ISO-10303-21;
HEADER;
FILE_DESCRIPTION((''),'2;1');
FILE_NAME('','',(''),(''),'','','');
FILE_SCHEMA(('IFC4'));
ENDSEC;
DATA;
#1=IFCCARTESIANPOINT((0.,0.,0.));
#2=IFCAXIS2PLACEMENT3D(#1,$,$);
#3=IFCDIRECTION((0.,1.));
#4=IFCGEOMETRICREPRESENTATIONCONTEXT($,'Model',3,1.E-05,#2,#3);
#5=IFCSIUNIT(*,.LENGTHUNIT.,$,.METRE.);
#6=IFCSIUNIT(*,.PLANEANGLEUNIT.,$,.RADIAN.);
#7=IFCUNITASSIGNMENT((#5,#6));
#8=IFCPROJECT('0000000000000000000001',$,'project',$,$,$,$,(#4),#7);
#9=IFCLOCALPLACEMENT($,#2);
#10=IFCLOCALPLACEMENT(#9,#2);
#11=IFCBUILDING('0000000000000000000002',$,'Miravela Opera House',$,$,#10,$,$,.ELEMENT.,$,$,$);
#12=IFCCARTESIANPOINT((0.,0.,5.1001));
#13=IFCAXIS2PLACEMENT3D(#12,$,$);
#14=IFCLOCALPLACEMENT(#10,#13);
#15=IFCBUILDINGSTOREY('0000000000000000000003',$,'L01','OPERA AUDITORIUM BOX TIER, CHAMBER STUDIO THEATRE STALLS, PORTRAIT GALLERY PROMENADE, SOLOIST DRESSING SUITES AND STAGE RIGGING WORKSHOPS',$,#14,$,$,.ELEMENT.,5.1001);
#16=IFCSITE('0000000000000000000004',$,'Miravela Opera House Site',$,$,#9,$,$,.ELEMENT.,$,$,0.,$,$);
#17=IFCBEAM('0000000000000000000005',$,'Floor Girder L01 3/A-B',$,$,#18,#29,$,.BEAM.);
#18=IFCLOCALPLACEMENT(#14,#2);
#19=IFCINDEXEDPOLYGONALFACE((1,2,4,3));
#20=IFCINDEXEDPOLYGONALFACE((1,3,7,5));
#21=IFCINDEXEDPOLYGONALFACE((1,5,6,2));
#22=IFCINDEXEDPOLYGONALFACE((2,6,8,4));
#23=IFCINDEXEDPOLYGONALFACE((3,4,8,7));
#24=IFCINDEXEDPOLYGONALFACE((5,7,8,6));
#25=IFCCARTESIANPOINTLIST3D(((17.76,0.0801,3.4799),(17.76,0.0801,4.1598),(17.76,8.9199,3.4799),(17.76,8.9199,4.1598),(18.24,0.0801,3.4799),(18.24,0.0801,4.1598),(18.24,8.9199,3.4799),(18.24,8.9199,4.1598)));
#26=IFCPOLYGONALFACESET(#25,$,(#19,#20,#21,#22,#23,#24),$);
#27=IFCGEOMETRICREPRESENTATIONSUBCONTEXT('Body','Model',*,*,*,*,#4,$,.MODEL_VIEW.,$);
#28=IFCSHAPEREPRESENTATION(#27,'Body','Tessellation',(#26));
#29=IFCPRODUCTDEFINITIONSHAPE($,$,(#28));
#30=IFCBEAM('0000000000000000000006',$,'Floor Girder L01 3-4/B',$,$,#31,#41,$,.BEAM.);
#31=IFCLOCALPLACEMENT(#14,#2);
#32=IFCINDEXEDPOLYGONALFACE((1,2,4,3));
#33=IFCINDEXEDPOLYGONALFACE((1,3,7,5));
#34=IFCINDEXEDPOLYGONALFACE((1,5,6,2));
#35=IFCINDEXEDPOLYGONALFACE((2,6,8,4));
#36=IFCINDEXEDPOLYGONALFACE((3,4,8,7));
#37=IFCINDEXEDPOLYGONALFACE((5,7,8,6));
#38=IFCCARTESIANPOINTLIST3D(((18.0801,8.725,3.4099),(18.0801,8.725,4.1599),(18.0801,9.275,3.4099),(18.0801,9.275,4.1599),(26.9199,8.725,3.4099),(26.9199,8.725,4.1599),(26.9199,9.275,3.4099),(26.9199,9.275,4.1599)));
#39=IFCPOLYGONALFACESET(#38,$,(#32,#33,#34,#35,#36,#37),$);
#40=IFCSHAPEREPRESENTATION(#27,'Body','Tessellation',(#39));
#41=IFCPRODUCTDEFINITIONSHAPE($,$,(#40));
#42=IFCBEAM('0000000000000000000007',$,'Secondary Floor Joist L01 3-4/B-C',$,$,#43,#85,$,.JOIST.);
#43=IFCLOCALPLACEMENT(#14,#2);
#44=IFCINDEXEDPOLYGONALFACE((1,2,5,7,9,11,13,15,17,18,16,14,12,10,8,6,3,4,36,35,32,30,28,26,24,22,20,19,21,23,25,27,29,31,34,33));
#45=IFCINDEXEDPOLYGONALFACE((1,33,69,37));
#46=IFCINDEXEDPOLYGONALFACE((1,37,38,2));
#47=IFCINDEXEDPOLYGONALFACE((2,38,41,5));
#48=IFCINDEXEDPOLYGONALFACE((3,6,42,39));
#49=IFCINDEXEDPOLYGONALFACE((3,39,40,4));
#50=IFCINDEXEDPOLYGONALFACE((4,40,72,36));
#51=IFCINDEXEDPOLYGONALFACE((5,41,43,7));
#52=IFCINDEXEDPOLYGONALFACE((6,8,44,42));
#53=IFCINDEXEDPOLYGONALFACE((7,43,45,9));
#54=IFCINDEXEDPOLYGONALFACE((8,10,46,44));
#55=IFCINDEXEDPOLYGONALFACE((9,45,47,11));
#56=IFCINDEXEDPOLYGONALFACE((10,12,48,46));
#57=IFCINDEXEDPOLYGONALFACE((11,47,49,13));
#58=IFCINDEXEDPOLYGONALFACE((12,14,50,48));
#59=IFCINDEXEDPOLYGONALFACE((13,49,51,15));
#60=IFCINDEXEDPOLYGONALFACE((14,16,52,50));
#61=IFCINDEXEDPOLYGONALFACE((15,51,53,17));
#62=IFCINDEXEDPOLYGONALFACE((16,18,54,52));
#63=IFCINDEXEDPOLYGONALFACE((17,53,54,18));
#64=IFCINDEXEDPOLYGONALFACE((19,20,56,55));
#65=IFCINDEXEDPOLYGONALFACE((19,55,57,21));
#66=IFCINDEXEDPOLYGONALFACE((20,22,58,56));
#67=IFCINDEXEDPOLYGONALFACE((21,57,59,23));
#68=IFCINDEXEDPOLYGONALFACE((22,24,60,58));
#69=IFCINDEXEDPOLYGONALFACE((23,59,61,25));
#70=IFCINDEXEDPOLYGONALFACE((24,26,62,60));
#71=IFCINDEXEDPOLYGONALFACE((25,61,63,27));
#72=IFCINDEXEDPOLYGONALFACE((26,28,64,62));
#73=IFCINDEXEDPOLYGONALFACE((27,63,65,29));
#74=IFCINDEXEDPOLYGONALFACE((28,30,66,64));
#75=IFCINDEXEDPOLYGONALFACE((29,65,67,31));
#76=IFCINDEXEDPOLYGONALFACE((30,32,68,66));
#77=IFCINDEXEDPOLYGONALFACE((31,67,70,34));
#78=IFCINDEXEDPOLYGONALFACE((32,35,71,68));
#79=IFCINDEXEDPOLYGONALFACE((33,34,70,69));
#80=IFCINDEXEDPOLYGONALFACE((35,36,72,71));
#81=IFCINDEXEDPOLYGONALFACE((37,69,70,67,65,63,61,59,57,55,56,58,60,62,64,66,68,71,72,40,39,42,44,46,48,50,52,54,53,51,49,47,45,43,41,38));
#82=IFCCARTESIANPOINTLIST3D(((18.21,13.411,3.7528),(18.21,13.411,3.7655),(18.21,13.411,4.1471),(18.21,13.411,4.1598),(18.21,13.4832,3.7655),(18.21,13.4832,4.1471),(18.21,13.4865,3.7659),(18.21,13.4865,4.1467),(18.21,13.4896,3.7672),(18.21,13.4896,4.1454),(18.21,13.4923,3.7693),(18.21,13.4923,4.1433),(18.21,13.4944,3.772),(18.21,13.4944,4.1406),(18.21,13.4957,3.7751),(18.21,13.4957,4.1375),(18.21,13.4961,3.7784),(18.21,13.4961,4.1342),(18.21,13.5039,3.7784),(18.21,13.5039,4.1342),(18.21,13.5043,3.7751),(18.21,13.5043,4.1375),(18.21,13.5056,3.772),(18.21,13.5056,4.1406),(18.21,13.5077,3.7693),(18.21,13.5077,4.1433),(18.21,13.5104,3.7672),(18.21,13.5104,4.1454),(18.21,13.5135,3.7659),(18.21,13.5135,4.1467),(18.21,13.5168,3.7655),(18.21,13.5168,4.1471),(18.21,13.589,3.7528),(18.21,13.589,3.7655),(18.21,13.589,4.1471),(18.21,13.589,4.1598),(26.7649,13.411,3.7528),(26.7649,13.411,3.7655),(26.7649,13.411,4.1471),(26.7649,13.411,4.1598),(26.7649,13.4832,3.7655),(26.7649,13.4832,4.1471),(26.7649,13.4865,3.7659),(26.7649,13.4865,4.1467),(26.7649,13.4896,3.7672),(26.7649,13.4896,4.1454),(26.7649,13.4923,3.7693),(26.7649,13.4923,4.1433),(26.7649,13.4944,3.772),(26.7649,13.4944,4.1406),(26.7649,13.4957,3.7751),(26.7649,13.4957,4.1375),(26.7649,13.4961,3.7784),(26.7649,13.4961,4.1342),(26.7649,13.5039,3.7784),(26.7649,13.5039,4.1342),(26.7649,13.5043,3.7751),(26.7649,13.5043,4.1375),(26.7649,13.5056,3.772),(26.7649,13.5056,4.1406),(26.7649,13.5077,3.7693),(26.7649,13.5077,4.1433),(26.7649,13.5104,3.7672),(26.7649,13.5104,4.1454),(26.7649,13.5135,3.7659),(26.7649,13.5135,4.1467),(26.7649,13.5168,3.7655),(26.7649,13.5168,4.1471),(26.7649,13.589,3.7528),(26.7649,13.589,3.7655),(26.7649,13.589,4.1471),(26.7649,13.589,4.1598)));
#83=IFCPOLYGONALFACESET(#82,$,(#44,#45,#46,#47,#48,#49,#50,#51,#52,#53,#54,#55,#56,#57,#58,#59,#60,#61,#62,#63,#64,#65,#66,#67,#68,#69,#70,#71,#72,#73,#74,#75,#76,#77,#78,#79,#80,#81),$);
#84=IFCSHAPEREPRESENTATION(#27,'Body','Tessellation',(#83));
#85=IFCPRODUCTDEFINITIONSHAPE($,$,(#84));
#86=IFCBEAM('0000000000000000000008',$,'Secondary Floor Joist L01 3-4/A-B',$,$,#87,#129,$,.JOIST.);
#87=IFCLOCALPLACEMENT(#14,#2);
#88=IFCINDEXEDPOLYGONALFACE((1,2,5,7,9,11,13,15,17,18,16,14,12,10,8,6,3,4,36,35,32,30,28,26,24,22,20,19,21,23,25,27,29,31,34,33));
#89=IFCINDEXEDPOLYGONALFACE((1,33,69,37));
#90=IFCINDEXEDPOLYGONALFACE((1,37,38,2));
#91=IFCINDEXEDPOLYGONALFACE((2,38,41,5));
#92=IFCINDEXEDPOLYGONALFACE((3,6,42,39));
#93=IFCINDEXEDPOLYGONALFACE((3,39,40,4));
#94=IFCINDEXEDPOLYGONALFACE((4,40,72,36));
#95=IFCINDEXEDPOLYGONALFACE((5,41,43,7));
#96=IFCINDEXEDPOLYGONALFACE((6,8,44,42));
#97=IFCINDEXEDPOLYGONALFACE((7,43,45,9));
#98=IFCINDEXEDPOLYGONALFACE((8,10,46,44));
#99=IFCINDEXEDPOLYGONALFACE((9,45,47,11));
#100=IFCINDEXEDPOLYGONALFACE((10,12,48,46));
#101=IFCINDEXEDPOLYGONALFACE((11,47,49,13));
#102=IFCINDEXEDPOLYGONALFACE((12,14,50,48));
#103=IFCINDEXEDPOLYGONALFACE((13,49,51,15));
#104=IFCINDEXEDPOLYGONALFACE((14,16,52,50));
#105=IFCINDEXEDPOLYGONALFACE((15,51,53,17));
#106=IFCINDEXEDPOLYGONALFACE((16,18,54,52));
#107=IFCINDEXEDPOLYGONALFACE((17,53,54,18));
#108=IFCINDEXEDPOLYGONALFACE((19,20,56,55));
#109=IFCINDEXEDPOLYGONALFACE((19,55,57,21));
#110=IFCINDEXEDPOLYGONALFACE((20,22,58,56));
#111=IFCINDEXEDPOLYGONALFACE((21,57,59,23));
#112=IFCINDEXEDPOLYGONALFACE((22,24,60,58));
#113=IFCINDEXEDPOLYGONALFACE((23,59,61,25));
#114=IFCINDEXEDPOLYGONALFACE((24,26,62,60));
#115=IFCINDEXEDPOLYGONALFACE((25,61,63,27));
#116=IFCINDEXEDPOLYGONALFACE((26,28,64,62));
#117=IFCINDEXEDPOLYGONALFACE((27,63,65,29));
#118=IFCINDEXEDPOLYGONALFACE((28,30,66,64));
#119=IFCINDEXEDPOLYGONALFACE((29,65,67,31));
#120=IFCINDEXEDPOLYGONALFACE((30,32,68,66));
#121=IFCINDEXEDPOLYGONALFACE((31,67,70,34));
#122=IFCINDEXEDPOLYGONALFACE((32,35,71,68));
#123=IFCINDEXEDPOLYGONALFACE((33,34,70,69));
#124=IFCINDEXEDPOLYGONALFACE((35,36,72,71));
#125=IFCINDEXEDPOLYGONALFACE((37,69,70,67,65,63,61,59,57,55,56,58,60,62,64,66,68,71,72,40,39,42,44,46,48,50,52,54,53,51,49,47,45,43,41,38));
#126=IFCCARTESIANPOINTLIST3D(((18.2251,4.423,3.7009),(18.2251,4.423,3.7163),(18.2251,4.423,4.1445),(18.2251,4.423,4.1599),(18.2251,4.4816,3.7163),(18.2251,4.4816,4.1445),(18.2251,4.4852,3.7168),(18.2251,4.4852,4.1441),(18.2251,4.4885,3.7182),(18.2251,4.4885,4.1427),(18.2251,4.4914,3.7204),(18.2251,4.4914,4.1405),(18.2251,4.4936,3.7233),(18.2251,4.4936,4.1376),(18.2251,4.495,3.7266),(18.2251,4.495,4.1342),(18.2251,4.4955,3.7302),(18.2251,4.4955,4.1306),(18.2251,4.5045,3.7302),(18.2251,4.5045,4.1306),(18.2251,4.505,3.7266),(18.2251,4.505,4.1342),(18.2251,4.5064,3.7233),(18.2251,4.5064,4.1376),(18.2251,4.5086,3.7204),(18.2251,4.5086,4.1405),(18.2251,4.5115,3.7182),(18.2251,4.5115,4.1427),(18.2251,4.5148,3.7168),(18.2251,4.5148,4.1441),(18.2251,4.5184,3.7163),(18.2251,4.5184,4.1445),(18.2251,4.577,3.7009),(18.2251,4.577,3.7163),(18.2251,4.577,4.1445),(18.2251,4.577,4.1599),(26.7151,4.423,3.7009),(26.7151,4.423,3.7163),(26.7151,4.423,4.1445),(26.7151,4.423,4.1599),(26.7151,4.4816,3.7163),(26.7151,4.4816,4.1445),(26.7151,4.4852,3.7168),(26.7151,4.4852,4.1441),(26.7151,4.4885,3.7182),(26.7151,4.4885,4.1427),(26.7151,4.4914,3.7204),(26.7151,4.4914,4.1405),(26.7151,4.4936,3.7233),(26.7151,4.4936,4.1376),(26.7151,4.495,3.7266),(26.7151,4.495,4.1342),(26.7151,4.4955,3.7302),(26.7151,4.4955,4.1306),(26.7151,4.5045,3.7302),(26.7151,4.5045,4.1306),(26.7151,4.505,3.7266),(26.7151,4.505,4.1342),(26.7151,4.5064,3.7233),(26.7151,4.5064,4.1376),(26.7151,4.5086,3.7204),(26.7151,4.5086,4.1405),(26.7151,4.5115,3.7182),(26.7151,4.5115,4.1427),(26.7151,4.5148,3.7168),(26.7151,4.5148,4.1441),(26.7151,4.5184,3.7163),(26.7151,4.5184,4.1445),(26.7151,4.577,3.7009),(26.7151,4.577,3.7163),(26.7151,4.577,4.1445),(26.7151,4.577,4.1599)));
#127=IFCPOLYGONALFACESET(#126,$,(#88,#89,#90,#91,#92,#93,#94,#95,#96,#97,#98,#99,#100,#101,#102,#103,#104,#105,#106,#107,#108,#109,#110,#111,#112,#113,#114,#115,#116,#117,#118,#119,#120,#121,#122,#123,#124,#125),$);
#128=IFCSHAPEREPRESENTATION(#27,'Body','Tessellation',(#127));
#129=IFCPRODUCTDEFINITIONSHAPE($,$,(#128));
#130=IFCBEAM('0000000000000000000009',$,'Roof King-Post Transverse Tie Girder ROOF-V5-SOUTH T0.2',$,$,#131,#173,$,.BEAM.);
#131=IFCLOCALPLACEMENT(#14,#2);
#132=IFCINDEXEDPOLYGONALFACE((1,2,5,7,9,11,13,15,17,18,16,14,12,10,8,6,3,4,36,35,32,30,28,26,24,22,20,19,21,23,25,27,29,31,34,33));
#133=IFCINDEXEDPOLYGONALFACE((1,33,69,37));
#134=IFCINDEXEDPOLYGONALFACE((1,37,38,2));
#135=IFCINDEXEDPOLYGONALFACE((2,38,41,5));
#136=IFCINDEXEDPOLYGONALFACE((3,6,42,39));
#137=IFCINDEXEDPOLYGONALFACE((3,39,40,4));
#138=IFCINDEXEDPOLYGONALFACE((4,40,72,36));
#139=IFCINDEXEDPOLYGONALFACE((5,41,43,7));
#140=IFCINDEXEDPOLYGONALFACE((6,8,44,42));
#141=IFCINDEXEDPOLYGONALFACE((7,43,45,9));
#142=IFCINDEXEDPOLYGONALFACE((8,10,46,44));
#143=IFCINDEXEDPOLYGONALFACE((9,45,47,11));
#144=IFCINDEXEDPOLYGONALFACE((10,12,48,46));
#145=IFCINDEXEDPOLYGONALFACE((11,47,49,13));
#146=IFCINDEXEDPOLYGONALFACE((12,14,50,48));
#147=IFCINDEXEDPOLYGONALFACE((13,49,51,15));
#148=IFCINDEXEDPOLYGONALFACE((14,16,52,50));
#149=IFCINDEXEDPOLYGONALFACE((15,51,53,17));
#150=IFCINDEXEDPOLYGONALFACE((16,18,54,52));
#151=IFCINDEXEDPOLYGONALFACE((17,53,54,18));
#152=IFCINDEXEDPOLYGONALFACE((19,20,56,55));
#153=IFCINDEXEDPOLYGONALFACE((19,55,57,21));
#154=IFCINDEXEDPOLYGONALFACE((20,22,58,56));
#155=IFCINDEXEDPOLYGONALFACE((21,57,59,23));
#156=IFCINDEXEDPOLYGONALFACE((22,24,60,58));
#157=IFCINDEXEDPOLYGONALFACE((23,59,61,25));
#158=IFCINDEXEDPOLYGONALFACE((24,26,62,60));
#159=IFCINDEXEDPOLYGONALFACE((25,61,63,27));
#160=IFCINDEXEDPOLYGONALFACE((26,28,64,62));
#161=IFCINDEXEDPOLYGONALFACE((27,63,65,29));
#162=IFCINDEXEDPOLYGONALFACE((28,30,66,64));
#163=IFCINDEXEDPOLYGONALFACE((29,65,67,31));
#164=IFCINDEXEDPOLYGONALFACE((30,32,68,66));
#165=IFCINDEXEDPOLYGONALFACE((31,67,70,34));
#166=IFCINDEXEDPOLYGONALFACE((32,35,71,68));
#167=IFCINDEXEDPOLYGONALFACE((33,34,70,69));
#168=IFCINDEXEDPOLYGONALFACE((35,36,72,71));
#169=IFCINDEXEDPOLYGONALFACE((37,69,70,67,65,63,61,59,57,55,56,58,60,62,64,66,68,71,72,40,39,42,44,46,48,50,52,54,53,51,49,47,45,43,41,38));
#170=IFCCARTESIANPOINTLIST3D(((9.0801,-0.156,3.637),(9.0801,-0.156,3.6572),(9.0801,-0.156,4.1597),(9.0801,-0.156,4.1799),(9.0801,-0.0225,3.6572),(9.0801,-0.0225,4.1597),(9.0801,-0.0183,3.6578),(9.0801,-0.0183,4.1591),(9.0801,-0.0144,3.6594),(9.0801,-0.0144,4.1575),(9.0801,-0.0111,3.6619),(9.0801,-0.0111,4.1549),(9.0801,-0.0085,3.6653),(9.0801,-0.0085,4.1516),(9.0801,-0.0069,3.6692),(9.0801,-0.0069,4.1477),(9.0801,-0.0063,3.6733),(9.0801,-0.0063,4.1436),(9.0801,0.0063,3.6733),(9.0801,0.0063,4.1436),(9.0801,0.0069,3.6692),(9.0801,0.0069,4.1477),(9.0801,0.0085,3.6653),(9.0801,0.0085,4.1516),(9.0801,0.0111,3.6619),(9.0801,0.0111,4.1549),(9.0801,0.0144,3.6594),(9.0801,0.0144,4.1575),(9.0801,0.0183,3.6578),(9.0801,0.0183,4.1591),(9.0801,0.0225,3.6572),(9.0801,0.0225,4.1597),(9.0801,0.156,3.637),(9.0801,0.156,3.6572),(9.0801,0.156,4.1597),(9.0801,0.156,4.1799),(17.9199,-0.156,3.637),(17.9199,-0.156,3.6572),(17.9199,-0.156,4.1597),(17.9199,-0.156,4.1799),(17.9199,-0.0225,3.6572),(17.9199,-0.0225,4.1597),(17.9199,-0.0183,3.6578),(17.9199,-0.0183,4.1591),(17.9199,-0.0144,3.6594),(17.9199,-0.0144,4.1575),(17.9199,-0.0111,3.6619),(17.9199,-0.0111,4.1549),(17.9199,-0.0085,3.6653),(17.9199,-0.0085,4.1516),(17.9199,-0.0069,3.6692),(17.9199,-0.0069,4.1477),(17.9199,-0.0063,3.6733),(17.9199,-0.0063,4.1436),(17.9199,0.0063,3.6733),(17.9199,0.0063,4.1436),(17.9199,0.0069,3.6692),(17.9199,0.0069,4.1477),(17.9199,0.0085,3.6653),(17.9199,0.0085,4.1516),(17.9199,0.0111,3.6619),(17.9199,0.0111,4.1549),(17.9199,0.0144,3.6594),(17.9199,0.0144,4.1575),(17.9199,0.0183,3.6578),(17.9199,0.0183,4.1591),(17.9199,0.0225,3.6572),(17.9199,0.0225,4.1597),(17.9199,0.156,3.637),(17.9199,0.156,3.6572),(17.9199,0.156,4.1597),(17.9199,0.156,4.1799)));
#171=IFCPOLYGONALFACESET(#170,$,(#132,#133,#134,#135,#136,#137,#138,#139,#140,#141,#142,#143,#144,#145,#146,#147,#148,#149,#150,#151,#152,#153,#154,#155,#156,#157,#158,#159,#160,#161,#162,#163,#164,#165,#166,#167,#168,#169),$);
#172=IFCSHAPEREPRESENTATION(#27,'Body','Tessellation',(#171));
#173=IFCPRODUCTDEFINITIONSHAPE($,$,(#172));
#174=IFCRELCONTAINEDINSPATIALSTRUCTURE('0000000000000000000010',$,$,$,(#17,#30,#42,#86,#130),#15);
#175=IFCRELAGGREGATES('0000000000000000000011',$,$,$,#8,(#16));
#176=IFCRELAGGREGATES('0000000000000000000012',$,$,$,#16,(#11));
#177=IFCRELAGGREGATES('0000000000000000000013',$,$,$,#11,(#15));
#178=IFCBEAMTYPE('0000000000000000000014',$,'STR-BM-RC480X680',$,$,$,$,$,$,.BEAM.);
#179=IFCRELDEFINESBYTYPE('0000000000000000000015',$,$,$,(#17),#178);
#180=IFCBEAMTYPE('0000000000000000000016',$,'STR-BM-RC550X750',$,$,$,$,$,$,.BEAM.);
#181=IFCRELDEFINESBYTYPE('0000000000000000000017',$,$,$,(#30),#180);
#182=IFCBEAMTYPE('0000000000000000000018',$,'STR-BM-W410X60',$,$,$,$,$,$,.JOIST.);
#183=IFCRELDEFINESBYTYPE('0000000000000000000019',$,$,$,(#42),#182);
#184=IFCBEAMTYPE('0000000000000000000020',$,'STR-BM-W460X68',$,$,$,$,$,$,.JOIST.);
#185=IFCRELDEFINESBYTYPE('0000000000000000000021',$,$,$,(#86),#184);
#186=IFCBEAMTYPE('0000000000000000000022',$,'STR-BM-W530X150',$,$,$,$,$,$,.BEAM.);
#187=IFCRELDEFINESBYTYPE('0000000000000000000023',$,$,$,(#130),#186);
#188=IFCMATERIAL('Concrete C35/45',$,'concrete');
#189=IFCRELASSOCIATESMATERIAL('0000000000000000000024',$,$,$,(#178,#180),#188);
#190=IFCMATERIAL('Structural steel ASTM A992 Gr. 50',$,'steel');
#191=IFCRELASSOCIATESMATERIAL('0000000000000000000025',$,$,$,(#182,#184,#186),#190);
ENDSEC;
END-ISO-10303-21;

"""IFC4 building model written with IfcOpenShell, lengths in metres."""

from ifc_helpers import new_model, si_unit, direction, frame, origin, origin_2d, place, context, subcontext, project, spatial, rectangle, i_section, extrude, material, material_profile, profile_set, type_object, element, save


model = new_model("IFC4")

# Units and contexts
model_context = context("Model", 3, precision=1e-05, world=origin(), true_north=direction((0.0, 1.0)))
body_context = subcontext(model_context, "Body", "Model", "MODEL_VIEW")
ifc_project = project(units=[si_unit("LENGTHUNIT", "METRE"), si_unit("PLANEANGLEUNIT", "RADIAN")], contexts=[model_context])

# Site, building, storey
site_placement = place(None, origin())
site = spatial("IfcSite", under=ifc_project, at=site_placement, Name="Miravela Opera House Site", CompositionType="ELEMENT", RefElevation=0.0)
building_placement = place(site_placement, origin())
building = spatial("IfcBuilding", under=site, at=building_placement, Name="Miravela Opera House", CompositionType="ELEMENT")
storey_placement = place(building_placement, frame((0.0, 0.0, 5.1001)))
storey = spatial("IfcBuildingStorey", under=building, at=storey_placement, Name="L01", Description="OPERA AUDITORIUM BOX TIER, CHAMBER STUDIO THEATRE STALLS, PORTRAIT GALLERY PROMENADE, SOLOIST DRESSING SUITES AND STAGE RIGGING WORKSHOPS", CompositionType="ELEMENT", Elevation=5.1001)

# Shared definitions
ifc_material_1 = material(Name="Concrete C35/45", Category="concrete")

# Beams
ifc_material_profile_1 = material_profile(ifc_material_1, rectangle(XDim=0.48, YDim=0.6799, at=origin_2d()), Name="RC-BM-480X680")
ifc_profile_set_1 = profile_set([ifc_material_profile_1])
beam_type_1 = type_object("IfcBeamType", Name="STR-BM-RC480X680", PredefinedType="BEAM", material=ifc_profile_set_1)
beam_1_placement = place(storey_placement, frame((18.0, 0.0801, 3.8198), z_axis=(0.0, 1.0, 0.0), x_axis=(-1.0, 0.0, 0.0)))
element("IfcBeam", 1, at=beam_1_placement, inside=storey, type_object=beam_type_1, Name="Floor Girder L01 3/A-B", PredefinedType="BEAM", context=body_context, shape_type="SweptSolid", body=[
    extrude(rectangle(XDim=0.48, YDim=0.6799, at=origin_2d()), origin(), (0.0, 0.0, 1.0), 8.8398),
])
ifc_material_profile_2 = material_profile(ifc_material_1, rectangle(XDim=0.55, YDim=0.75, at=origin_2d()), Name="RC-BM-550X750")
ifc_profile_set_2 = profile_set([ifc_material_profile_2])
beam_type_2 = type_object("IfcBeamType", Name="STR-BM-RC550X750", PredefinedType="BEAM", material=ifc_profile_set_2)
beam_2_placement = place(storey_placement, frame((18.0801, 9.0, 3.7849), z_axis=(1.0, 0.0, 0.0), x_axis=(0.0, 1.0, 0.0)))
element("IfcBeam", 2, at=beam_2_placement, inside=storey, type_object=beam_type_2, Name="Floor Girder L01 3-4/B", PredefinedType="BEAM", context=body_context, shape_type="SweptSolid", body=[
    extrude(rectangle(XDim=0.55, YDim=0.75, at=origin_2d()), origin(), (0.0, 0.0, 1.0), 8.8398),
])
ifc_material_2 = material(Name="Structural steel ASTM A992 Gr. 50", Category="steel")
ifc_material_profile_3 = material_profile(ifc_material_2, i_section(OverallWidth=0.178, OverallDepth=0.407, WebThickness=0.0078, FlangeThickness=0.0127, FilletRadius=0.0129, at=origin_2d()), Name="W410X60")
ifc_profile_set_3 = profile_set([ifc_material_profile_3])
beam_type_3 = type_object("IfcBeamType", Name="STR-BM-W410X60", PredefinedType="JOIST", material=ifc_profile_set_3)
beam_3_placement = place(storey_placement, frame((18.21, 13.5, 3.9563), z_axis=(1.0, 0.0, 0.0), x_axis=(0.0, 1.0, 0.0)))
element("IfcBeam", 3, at=beam_3_placement, inside=storey, type_object=beam_type_3, Name="Secondary Floor Joist L01 3-4/B-C", PredefinedType="JOIST", context=body_context, shape_type="SweptSolid", body=[
    extrude(i_section(OverallWidth=0.178, OverallDepth=0.407, WebThickness=0.0078, FlangeThickness=0.0127, FilletRadius=0.0129, at=origin_2d()), origin(), (0.0, 0.0, 1.0), 8.5549),
])
ifc_material_profile_4 = material_profile(ifc_material_2, i_section(OverallWidth=0.1541, OverallDepth=0.459, WebThickness=0.009, FlangeThickness=0.0154, FilletRadius=0.0139, at=origin_2d()), Name="W460X68")
ifc_profile_set_4 = profile_set([ifc_material_profile_4])
beam_type_4 = type_object("IfcBeamType", Name="STR-BM-W460X68", PredefinedType="JOIST", material=ifc_profile_set_4)
beam_4_placement = place(storey_placement, frame((18.2251, 4.5, 3.9304), z_axis=(1.0, 0.0, 0.0), x_axis=(0.0, 1.0, 0.0)))
element("IfcBeam", 4, at=beam_4_placement, inside=storey, type_object=beam_type_4, Name="Secondary Floor Joist L01 3-4/A-B", PredefinedType="JOIST", context=body_context, shape_type="SweptSolid", body=[
    extrude(i_section(OverallWidth=0.1541, OverallDepth=0.459, WebThickness=0.009, FlangeThickness=0.0154, FilletRadius=0.0139, at=origin_2d()), origin(), (0.0, 0.0, 1.0), 8.49),
])
ifc_material_profile_5 = material_profile(ifc_material_2, i_section(OverallWidth=0.312, OverallDepth=0.543, WebThickness=0.0127, FlangeThickness=0.0203, FilletRadius=0.0161, at=origin_2d()), Name="W530X150")
ifc_profile_set_5 = profile_set([ifc_material_profile_5])
beam_type_5 = type_object("IfcBeamType", Name="STR-BM-W530X150", PredefinedType="BEAM", material=ifc_profile_set_5)
for number, where, z_axis, x_axis, name in (
    (5, (9.0801, 0.0, 3.9084), (1.0, 0.0, 0.0), (0.0, 1.0, 0.0), "Roof King-Post Transverse Tie Girder ROOF-V5-SOUTH T0.2"),
):
    element("IfcBeam", number, at=place(storey_placement, frame(where, z_axis=z_axis, x_axis=x_axis)), inside=storey, type_object=beam_type_5, Name=name, PredefinedType="BEAM", context=body_context, shape_type="SweptSolid", body=[
        extrude(i_section(OverallWidth=0.312, OverallDepth=0.543, WebThickness=0.0127, FlangeThickness=0.0203, FilletRadius=0.0161, at=origin_2d()), origin(), (0.0, 0.0, 1.0), 8.8398),
    ])

save(model, "model.ifc")
